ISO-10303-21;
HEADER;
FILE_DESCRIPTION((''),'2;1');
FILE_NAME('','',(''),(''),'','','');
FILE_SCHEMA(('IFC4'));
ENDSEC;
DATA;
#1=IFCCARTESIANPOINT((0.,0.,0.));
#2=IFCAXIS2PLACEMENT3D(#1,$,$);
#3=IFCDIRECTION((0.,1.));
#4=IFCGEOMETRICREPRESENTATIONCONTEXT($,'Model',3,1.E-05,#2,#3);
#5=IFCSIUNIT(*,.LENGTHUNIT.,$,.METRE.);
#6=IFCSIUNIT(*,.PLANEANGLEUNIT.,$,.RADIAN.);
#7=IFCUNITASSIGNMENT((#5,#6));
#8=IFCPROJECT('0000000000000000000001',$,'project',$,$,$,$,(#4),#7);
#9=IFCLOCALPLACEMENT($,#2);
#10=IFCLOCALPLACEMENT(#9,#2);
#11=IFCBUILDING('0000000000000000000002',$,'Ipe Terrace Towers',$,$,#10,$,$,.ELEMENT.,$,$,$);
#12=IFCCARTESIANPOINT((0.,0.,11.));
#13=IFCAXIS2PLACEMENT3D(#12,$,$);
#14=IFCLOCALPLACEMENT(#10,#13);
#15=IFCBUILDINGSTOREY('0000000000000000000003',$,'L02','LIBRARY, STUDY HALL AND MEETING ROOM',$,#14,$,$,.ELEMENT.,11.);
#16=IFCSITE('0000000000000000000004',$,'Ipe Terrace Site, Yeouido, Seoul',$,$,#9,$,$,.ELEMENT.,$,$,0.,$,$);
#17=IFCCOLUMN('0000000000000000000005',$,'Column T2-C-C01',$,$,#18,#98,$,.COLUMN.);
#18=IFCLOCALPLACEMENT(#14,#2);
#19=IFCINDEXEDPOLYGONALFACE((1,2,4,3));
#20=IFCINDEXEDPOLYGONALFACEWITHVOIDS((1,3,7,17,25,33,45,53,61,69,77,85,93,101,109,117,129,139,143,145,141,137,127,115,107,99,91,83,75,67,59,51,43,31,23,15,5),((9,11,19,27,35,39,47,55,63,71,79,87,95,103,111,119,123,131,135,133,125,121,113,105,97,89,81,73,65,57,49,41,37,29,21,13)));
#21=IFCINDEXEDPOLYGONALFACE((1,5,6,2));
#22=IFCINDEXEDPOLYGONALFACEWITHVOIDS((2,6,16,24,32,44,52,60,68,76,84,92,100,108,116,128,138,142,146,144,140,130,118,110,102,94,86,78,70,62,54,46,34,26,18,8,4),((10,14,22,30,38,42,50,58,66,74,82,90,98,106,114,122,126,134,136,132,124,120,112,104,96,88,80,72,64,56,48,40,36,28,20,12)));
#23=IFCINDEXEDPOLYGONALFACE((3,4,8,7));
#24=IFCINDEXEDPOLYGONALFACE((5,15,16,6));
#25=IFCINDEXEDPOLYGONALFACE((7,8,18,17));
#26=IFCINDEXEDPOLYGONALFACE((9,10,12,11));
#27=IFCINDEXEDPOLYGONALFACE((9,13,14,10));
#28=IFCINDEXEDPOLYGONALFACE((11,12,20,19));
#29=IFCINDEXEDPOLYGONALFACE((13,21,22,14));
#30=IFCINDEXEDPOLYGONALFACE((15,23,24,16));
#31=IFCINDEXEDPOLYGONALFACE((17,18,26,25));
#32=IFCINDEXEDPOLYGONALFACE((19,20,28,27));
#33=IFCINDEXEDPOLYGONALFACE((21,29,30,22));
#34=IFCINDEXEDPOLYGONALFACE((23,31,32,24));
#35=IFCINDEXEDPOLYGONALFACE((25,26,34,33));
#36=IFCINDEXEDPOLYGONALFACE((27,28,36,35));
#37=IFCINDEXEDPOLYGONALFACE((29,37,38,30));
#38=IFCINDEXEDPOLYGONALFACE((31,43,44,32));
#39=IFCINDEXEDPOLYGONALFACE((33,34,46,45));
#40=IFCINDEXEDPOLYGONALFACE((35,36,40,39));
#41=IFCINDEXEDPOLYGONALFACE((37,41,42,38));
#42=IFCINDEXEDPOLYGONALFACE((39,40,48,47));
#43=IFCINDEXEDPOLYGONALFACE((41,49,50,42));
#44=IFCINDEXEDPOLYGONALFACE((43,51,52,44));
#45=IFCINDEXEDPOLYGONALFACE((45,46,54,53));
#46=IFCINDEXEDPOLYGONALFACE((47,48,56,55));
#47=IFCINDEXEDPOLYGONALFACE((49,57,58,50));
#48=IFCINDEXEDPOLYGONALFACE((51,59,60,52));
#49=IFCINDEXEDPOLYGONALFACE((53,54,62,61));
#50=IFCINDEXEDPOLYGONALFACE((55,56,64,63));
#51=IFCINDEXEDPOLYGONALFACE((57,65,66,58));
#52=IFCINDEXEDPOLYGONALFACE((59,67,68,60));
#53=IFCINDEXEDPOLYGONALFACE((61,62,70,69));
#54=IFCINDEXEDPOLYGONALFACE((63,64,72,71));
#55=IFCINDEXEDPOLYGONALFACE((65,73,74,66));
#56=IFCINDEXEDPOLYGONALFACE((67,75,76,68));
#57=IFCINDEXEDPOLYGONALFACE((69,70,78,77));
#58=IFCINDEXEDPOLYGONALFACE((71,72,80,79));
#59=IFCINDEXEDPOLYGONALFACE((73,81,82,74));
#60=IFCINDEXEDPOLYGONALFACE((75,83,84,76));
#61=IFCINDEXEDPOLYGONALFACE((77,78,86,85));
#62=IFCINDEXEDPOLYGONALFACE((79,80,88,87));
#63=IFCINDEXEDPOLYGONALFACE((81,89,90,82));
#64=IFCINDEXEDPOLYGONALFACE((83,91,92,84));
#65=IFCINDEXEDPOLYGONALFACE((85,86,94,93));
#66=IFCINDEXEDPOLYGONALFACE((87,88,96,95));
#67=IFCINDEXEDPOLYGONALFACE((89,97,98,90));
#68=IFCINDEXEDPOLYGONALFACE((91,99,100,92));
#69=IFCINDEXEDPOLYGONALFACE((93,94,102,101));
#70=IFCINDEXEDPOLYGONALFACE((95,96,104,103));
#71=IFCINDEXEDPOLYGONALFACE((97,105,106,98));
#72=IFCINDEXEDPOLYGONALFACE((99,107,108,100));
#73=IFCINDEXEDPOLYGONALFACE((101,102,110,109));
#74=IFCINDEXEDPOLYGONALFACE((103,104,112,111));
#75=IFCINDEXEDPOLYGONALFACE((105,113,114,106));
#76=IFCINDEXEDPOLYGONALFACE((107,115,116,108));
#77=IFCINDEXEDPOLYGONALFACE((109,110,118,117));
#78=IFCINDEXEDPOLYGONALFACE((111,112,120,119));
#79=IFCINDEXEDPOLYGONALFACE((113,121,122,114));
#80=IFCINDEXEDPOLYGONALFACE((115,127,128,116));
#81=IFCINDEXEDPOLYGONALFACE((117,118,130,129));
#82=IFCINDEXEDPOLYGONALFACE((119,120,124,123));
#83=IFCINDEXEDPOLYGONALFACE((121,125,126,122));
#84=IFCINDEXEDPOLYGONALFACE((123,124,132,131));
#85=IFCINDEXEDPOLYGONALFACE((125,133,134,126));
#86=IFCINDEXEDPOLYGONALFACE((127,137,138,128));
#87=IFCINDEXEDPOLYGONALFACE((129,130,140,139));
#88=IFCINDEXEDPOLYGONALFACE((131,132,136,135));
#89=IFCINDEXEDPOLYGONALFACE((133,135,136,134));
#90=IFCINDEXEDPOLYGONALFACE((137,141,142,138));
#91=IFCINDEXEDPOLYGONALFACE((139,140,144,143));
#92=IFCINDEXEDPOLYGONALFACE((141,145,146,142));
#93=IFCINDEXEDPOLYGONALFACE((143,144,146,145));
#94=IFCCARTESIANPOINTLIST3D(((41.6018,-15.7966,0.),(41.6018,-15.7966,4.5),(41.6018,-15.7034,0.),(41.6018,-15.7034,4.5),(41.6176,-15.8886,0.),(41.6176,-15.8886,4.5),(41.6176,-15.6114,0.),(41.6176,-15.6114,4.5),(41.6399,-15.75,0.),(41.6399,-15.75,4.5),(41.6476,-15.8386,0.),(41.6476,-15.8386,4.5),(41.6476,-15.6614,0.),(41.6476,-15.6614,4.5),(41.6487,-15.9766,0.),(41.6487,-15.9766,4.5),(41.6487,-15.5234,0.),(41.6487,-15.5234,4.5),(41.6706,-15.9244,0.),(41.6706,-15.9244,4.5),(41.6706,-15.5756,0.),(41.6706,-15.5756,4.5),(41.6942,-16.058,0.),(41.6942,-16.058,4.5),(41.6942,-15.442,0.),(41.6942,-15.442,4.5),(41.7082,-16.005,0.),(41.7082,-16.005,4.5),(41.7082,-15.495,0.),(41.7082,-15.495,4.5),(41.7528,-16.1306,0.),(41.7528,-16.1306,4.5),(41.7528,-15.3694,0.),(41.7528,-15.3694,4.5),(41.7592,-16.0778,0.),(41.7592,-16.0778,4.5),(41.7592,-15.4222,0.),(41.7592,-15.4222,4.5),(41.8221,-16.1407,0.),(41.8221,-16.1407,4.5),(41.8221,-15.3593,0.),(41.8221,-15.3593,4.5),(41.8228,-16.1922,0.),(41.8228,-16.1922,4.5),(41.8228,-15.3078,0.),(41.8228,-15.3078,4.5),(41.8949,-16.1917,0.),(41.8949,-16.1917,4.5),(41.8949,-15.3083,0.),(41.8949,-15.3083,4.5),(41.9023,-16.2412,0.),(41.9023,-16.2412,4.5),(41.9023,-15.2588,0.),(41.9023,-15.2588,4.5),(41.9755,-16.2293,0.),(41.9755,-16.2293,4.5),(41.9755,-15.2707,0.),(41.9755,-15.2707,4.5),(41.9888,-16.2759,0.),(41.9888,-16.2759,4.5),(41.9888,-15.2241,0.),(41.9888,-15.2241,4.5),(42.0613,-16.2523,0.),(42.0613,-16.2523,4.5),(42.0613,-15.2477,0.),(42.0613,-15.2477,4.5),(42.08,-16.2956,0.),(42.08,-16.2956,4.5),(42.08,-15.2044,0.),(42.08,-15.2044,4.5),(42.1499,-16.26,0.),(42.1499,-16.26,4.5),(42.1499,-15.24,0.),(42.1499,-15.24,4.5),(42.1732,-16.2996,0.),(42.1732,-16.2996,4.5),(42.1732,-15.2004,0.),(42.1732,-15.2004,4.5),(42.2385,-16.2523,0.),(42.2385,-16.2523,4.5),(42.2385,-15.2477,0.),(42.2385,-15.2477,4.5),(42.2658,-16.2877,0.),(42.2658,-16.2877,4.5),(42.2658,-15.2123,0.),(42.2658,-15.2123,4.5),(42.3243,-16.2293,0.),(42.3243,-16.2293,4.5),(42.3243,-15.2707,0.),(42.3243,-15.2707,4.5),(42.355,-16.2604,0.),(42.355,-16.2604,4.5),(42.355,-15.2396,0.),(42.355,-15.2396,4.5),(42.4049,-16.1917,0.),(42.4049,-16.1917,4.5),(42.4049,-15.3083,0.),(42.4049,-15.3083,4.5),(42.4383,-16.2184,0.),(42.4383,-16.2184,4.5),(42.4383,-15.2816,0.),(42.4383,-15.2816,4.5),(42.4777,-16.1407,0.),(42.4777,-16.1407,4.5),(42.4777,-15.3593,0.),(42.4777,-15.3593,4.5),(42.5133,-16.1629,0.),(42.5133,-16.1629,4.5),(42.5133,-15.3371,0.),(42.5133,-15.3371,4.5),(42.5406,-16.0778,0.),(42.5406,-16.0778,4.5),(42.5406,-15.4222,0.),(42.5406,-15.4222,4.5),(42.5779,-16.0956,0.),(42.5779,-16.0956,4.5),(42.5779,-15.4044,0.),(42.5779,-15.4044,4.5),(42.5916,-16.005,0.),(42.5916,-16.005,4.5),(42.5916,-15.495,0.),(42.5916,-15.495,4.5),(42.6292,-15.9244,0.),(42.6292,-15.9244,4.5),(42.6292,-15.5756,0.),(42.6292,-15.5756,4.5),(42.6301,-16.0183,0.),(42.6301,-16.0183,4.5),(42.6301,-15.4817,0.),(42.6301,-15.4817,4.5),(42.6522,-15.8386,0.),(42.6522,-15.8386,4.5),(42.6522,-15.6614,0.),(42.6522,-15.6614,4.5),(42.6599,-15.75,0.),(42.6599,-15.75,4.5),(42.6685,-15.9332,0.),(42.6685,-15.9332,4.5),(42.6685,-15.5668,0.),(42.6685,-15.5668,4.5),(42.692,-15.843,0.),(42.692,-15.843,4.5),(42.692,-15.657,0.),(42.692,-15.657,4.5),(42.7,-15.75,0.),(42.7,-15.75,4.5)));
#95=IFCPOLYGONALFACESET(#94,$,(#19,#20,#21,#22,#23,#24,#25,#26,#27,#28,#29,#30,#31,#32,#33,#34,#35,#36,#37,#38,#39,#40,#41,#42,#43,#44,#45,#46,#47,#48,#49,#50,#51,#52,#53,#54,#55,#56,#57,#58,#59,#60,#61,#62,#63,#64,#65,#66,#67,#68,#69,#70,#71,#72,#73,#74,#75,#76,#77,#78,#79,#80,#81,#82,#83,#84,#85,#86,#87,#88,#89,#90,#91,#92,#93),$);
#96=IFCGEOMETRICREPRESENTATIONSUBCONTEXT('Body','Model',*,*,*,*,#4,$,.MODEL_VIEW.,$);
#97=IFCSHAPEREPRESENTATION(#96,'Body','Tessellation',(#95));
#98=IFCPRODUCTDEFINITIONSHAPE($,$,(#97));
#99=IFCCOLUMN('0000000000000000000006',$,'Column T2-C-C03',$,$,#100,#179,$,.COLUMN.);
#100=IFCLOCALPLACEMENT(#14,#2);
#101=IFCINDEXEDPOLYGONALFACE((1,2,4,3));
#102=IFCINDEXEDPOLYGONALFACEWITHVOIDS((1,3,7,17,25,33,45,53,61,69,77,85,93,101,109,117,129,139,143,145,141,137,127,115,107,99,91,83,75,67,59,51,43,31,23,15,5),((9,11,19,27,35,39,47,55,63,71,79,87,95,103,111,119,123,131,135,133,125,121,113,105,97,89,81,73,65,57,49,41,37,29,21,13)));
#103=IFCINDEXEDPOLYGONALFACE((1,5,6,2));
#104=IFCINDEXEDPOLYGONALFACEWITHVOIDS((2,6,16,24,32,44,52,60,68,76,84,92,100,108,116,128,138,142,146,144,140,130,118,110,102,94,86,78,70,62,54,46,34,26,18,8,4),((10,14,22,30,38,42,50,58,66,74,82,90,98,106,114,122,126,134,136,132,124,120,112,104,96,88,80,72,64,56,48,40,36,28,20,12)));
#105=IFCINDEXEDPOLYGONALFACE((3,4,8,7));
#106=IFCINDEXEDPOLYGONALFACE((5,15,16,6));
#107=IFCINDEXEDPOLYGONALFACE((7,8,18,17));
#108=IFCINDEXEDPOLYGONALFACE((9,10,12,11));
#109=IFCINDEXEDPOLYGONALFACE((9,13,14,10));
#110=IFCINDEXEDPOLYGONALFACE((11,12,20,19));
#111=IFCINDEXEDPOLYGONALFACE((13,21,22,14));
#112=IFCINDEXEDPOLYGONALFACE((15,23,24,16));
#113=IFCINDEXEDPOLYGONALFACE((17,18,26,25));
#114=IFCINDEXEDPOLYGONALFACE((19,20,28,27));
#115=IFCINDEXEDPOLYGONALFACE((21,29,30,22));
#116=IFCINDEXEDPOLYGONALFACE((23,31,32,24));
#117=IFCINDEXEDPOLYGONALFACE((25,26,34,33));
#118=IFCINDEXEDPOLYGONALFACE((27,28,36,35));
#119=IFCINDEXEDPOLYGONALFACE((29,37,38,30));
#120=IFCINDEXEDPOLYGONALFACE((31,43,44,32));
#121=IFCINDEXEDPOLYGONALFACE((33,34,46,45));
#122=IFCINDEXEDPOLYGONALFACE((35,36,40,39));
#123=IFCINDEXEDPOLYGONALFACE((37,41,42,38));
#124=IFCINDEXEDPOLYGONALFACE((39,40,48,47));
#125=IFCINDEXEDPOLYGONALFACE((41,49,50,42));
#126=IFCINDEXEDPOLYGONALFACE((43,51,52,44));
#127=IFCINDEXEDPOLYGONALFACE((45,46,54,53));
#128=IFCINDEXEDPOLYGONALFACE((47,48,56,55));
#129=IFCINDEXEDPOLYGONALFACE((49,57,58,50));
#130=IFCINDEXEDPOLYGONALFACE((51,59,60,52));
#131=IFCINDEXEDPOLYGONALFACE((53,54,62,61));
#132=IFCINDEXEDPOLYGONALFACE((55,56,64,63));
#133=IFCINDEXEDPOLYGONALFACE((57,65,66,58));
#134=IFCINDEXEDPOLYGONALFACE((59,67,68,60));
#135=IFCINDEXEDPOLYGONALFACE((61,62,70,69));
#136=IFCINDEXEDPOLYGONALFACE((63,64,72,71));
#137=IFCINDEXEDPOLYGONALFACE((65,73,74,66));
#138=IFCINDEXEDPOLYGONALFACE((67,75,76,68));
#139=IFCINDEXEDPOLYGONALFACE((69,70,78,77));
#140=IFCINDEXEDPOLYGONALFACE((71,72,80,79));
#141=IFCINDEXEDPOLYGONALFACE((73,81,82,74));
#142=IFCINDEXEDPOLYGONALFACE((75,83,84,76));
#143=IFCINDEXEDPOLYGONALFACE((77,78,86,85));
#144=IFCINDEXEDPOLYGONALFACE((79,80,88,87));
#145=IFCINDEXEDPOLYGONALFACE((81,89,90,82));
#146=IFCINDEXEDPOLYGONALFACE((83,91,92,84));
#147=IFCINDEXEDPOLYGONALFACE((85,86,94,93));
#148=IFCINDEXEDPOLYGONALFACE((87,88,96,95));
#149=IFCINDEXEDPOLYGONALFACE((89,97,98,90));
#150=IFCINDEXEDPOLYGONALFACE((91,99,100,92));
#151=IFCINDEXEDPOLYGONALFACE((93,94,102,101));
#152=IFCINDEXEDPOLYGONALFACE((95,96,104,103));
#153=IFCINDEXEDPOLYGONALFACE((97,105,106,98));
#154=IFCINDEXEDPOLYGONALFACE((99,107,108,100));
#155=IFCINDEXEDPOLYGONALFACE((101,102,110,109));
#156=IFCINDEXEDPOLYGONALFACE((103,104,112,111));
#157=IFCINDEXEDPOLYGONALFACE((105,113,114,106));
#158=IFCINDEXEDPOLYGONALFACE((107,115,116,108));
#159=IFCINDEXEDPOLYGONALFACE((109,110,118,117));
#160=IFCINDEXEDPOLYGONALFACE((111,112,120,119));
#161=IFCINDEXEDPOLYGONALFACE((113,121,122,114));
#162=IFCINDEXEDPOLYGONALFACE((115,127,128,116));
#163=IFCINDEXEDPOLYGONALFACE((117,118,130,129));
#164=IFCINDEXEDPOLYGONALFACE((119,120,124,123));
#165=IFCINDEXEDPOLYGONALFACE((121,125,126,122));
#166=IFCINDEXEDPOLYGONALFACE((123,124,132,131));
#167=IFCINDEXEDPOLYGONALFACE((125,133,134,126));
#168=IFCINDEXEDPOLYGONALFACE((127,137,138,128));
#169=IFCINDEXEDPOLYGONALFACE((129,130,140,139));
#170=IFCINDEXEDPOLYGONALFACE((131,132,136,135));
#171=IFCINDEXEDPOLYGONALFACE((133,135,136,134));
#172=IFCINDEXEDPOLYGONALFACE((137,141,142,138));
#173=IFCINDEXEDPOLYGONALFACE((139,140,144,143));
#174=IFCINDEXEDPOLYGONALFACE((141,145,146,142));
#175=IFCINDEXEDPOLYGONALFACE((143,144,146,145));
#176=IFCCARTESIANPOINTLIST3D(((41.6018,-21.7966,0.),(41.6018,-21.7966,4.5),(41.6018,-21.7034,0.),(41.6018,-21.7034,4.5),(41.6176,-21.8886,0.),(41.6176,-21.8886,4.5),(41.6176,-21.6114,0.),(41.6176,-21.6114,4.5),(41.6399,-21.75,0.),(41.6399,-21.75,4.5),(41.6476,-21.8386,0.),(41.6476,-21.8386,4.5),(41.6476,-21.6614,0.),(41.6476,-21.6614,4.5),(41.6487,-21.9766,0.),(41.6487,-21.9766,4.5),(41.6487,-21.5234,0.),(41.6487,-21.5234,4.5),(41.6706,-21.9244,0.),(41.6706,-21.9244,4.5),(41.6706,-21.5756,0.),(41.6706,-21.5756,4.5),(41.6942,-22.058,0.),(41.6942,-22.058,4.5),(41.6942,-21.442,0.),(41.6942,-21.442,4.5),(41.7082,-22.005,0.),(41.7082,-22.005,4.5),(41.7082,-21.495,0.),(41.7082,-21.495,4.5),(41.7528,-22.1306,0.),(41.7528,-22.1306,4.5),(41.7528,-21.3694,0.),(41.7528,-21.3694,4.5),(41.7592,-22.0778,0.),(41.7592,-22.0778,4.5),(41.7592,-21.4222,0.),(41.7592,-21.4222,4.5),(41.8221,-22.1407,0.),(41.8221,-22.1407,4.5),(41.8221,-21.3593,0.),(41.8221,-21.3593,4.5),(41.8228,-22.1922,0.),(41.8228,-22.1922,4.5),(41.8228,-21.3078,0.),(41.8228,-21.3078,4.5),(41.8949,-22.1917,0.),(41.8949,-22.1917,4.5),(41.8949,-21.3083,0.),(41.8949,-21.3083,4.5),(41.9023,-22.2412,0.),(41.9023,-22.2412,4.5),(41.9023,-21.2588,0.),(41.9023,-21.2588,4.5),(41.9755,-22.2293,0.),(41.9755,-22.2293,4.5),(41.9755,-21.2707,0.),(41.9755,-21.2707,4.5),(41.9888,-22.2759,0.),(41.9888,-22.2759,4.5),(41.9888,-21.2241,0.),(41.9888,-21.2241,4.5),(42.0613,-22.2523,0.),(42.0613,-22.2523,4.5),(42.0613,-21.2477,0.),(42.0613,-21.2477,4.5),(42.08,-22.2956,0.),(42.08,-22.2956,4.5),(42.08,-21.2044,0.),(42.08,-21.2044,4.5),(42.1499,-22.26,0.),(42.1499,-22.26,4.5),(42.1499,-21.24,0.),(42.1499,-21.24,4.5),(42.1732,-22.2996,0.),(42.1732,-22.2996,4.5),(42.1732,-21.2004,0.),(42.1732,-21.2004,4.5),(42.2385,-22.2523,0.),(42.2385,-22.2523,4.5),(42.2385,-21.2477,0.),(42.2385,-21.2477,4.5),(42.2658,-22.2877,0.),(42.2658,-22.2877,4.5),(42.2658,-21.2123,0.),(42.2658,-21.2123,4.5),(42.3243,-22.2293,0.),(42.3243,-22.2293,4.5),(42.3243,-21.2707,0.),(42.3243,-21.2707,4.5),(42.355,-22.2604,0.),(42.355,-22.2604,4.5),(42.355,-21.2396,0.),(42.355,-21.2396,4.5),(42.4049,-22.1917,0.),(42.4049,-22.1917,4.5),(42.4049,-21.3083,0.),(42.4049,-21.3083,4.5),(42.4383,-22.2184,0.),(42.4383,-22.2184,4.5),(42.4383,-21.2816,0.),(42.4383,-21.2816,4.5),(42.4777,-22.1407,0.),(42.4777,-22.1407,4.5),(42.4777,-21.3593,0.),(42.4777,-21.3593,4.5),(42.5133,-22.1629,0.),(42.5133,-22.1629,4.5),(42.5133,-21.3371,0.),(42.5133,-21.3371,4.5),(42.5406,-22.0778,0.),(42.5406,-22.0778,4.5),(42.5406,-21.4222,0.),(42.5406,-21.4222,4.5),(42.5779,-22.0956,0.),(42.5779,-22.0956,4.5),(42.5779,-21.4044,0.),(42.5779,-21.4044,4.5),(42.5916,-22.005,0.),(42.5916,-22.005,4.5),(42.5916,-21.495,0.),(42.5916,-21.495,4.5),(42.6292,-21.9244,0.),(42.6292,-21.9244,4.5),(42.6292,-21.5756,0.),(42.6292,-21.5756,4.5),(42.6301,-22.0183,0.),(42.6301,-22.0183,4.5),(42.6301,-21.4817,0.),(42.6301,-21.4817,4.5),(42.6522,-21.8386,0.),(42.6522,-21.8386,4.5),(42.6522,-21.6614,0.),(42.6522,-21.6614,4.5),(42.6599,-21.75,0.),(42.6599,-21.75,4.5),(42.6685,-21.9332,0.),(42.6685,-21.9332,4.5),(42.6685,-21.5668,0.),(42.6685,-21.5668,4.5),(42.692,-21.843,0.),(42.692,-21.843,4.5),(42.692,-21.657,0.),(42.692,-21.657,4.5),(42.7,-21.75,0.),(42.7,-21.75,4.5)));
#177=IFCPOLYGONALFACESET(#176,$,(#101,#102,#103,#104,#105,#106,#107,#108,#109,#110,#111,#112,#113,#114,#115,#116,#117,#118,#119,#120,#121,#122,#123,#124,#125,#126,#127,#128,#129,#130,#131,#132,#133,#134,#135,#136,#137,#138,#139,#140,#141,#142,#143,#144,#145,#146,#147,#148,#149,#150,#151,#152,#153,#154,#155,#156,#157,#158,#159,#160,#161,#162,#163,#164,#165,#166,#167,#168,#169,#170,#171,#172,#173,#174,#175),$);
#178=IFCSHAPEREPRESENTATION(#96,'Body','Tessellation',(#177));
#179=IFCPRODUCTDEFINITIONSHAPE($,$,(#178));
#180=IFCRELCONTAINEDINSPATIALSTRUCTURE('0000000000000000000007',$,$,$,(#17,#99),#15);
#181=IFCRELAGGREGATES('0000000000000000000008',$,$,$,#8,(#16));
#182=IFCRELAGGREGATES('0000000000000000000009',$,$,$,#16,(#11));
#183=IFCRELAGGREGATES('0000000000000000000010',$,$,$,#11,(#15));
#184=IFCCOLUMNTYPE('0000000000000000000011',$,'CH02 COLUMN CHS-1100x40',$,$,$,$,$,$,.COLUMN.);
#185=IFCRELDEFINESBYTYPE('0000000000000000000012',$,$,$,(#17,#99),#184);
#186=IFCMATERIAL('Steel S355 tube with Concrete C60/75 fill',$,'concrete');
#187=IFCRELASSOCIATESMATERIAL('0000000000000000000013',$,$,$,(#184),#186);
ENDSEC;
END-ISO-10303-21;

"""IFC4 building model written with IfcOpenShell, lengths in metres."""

from ifc_helpers import new_model, si_unit, direction, frame, origin, origin_2d, place, context, subcontext, project, spatial, hollow_circle, extrude, material, material_profile, profile_set, type_object, element, save


model = new_model("IFC4")

# Units and contexts
model_context = context("Model", 3, precision=1e-05, world=origin(), true_north=direction((0.0, 1.0)))
body_context = subcontext(model_context, "Body", "Model", "MODEL_VIEW")
ifc_project = project(units=[si_unit("LENGTHUNIT", "METRE"), si_unit("PLANEANGLEUNIT", "RADIAN")], contexts=[model_context])

# Site, building, storey
site_placement = place(None, origin())
site = spatial("IfcSite", under=ifc_project, at=site_placement, Name="Ipe Terrace Site, Yeouido, Seoul", CompositionType="ELEMENT", RefElevation=0.0)
building_placement = place(site_placement, origin())
building = spatial("IfcBuilding", under=site, at=building_placement, Name="Ipe Terrace Towers", CompositionType="ELEMENT")
storey_placement = place(building_placement, frame((0.0, 0.0, 11.0)))
storey = spatial("IfcBuildingStorey", under=building, at=storey_placement, Name="L02", Description="LIBRARY, STUDY HALL AND MEETING ROOM", CompositionType="ELEMENT", Elevation=11.0)

# Columns
ifc_material_1 = material(Name="Steel S355 tube with Concrete C60/75 fill", Category="concrete")
ifc_material_profile_1 = material_profile(ifc_material_1, hollow_circle(Radius=0.55, WallThickness=0.04, at=origin_2d()), Name="CHS-1100x40")
ifc_profile_set_1 = profile_set([ifc_material_profile_1], Name="Steel S355 tube with Concrete C60/75 fill")
column_type_1 = type_object("IfcColumnType", Name="CH02 COLUMN CHS-1100x40", PredefinedType="COLUMN", material=ifc_profile_set_1)
for number, where, z_axis, x_axis, name in (
    (1, (42.1499, -15.75, 0.0), (0.0, 0.0, 1.0), (1.0, 0.0, 0.0), "Column T2-C-C01"),
    (2, (42.1499, -21.75, 0.0), (0.0, 0.0, 1.0), (1.0, 0.0, 0.0), "Column T2-C-C03"),
):
    element("IfcColumn", number, at=place(storey_placement, frame(where, z_axis=z_axis, x_axis=x_axis)), inside=storey, type_object=column_type_1, Name=name, PredefinedType="COLUMN", context=body_context, shape_type="SweptSolid", body=[
        extrude(hollow_circle(Radius=0.55, WallThickness=0.04, at=origin_2d()), origin(), (0.0, 0.0, 1.0), 4.5),
    ])

save(model, "model.ifc")
